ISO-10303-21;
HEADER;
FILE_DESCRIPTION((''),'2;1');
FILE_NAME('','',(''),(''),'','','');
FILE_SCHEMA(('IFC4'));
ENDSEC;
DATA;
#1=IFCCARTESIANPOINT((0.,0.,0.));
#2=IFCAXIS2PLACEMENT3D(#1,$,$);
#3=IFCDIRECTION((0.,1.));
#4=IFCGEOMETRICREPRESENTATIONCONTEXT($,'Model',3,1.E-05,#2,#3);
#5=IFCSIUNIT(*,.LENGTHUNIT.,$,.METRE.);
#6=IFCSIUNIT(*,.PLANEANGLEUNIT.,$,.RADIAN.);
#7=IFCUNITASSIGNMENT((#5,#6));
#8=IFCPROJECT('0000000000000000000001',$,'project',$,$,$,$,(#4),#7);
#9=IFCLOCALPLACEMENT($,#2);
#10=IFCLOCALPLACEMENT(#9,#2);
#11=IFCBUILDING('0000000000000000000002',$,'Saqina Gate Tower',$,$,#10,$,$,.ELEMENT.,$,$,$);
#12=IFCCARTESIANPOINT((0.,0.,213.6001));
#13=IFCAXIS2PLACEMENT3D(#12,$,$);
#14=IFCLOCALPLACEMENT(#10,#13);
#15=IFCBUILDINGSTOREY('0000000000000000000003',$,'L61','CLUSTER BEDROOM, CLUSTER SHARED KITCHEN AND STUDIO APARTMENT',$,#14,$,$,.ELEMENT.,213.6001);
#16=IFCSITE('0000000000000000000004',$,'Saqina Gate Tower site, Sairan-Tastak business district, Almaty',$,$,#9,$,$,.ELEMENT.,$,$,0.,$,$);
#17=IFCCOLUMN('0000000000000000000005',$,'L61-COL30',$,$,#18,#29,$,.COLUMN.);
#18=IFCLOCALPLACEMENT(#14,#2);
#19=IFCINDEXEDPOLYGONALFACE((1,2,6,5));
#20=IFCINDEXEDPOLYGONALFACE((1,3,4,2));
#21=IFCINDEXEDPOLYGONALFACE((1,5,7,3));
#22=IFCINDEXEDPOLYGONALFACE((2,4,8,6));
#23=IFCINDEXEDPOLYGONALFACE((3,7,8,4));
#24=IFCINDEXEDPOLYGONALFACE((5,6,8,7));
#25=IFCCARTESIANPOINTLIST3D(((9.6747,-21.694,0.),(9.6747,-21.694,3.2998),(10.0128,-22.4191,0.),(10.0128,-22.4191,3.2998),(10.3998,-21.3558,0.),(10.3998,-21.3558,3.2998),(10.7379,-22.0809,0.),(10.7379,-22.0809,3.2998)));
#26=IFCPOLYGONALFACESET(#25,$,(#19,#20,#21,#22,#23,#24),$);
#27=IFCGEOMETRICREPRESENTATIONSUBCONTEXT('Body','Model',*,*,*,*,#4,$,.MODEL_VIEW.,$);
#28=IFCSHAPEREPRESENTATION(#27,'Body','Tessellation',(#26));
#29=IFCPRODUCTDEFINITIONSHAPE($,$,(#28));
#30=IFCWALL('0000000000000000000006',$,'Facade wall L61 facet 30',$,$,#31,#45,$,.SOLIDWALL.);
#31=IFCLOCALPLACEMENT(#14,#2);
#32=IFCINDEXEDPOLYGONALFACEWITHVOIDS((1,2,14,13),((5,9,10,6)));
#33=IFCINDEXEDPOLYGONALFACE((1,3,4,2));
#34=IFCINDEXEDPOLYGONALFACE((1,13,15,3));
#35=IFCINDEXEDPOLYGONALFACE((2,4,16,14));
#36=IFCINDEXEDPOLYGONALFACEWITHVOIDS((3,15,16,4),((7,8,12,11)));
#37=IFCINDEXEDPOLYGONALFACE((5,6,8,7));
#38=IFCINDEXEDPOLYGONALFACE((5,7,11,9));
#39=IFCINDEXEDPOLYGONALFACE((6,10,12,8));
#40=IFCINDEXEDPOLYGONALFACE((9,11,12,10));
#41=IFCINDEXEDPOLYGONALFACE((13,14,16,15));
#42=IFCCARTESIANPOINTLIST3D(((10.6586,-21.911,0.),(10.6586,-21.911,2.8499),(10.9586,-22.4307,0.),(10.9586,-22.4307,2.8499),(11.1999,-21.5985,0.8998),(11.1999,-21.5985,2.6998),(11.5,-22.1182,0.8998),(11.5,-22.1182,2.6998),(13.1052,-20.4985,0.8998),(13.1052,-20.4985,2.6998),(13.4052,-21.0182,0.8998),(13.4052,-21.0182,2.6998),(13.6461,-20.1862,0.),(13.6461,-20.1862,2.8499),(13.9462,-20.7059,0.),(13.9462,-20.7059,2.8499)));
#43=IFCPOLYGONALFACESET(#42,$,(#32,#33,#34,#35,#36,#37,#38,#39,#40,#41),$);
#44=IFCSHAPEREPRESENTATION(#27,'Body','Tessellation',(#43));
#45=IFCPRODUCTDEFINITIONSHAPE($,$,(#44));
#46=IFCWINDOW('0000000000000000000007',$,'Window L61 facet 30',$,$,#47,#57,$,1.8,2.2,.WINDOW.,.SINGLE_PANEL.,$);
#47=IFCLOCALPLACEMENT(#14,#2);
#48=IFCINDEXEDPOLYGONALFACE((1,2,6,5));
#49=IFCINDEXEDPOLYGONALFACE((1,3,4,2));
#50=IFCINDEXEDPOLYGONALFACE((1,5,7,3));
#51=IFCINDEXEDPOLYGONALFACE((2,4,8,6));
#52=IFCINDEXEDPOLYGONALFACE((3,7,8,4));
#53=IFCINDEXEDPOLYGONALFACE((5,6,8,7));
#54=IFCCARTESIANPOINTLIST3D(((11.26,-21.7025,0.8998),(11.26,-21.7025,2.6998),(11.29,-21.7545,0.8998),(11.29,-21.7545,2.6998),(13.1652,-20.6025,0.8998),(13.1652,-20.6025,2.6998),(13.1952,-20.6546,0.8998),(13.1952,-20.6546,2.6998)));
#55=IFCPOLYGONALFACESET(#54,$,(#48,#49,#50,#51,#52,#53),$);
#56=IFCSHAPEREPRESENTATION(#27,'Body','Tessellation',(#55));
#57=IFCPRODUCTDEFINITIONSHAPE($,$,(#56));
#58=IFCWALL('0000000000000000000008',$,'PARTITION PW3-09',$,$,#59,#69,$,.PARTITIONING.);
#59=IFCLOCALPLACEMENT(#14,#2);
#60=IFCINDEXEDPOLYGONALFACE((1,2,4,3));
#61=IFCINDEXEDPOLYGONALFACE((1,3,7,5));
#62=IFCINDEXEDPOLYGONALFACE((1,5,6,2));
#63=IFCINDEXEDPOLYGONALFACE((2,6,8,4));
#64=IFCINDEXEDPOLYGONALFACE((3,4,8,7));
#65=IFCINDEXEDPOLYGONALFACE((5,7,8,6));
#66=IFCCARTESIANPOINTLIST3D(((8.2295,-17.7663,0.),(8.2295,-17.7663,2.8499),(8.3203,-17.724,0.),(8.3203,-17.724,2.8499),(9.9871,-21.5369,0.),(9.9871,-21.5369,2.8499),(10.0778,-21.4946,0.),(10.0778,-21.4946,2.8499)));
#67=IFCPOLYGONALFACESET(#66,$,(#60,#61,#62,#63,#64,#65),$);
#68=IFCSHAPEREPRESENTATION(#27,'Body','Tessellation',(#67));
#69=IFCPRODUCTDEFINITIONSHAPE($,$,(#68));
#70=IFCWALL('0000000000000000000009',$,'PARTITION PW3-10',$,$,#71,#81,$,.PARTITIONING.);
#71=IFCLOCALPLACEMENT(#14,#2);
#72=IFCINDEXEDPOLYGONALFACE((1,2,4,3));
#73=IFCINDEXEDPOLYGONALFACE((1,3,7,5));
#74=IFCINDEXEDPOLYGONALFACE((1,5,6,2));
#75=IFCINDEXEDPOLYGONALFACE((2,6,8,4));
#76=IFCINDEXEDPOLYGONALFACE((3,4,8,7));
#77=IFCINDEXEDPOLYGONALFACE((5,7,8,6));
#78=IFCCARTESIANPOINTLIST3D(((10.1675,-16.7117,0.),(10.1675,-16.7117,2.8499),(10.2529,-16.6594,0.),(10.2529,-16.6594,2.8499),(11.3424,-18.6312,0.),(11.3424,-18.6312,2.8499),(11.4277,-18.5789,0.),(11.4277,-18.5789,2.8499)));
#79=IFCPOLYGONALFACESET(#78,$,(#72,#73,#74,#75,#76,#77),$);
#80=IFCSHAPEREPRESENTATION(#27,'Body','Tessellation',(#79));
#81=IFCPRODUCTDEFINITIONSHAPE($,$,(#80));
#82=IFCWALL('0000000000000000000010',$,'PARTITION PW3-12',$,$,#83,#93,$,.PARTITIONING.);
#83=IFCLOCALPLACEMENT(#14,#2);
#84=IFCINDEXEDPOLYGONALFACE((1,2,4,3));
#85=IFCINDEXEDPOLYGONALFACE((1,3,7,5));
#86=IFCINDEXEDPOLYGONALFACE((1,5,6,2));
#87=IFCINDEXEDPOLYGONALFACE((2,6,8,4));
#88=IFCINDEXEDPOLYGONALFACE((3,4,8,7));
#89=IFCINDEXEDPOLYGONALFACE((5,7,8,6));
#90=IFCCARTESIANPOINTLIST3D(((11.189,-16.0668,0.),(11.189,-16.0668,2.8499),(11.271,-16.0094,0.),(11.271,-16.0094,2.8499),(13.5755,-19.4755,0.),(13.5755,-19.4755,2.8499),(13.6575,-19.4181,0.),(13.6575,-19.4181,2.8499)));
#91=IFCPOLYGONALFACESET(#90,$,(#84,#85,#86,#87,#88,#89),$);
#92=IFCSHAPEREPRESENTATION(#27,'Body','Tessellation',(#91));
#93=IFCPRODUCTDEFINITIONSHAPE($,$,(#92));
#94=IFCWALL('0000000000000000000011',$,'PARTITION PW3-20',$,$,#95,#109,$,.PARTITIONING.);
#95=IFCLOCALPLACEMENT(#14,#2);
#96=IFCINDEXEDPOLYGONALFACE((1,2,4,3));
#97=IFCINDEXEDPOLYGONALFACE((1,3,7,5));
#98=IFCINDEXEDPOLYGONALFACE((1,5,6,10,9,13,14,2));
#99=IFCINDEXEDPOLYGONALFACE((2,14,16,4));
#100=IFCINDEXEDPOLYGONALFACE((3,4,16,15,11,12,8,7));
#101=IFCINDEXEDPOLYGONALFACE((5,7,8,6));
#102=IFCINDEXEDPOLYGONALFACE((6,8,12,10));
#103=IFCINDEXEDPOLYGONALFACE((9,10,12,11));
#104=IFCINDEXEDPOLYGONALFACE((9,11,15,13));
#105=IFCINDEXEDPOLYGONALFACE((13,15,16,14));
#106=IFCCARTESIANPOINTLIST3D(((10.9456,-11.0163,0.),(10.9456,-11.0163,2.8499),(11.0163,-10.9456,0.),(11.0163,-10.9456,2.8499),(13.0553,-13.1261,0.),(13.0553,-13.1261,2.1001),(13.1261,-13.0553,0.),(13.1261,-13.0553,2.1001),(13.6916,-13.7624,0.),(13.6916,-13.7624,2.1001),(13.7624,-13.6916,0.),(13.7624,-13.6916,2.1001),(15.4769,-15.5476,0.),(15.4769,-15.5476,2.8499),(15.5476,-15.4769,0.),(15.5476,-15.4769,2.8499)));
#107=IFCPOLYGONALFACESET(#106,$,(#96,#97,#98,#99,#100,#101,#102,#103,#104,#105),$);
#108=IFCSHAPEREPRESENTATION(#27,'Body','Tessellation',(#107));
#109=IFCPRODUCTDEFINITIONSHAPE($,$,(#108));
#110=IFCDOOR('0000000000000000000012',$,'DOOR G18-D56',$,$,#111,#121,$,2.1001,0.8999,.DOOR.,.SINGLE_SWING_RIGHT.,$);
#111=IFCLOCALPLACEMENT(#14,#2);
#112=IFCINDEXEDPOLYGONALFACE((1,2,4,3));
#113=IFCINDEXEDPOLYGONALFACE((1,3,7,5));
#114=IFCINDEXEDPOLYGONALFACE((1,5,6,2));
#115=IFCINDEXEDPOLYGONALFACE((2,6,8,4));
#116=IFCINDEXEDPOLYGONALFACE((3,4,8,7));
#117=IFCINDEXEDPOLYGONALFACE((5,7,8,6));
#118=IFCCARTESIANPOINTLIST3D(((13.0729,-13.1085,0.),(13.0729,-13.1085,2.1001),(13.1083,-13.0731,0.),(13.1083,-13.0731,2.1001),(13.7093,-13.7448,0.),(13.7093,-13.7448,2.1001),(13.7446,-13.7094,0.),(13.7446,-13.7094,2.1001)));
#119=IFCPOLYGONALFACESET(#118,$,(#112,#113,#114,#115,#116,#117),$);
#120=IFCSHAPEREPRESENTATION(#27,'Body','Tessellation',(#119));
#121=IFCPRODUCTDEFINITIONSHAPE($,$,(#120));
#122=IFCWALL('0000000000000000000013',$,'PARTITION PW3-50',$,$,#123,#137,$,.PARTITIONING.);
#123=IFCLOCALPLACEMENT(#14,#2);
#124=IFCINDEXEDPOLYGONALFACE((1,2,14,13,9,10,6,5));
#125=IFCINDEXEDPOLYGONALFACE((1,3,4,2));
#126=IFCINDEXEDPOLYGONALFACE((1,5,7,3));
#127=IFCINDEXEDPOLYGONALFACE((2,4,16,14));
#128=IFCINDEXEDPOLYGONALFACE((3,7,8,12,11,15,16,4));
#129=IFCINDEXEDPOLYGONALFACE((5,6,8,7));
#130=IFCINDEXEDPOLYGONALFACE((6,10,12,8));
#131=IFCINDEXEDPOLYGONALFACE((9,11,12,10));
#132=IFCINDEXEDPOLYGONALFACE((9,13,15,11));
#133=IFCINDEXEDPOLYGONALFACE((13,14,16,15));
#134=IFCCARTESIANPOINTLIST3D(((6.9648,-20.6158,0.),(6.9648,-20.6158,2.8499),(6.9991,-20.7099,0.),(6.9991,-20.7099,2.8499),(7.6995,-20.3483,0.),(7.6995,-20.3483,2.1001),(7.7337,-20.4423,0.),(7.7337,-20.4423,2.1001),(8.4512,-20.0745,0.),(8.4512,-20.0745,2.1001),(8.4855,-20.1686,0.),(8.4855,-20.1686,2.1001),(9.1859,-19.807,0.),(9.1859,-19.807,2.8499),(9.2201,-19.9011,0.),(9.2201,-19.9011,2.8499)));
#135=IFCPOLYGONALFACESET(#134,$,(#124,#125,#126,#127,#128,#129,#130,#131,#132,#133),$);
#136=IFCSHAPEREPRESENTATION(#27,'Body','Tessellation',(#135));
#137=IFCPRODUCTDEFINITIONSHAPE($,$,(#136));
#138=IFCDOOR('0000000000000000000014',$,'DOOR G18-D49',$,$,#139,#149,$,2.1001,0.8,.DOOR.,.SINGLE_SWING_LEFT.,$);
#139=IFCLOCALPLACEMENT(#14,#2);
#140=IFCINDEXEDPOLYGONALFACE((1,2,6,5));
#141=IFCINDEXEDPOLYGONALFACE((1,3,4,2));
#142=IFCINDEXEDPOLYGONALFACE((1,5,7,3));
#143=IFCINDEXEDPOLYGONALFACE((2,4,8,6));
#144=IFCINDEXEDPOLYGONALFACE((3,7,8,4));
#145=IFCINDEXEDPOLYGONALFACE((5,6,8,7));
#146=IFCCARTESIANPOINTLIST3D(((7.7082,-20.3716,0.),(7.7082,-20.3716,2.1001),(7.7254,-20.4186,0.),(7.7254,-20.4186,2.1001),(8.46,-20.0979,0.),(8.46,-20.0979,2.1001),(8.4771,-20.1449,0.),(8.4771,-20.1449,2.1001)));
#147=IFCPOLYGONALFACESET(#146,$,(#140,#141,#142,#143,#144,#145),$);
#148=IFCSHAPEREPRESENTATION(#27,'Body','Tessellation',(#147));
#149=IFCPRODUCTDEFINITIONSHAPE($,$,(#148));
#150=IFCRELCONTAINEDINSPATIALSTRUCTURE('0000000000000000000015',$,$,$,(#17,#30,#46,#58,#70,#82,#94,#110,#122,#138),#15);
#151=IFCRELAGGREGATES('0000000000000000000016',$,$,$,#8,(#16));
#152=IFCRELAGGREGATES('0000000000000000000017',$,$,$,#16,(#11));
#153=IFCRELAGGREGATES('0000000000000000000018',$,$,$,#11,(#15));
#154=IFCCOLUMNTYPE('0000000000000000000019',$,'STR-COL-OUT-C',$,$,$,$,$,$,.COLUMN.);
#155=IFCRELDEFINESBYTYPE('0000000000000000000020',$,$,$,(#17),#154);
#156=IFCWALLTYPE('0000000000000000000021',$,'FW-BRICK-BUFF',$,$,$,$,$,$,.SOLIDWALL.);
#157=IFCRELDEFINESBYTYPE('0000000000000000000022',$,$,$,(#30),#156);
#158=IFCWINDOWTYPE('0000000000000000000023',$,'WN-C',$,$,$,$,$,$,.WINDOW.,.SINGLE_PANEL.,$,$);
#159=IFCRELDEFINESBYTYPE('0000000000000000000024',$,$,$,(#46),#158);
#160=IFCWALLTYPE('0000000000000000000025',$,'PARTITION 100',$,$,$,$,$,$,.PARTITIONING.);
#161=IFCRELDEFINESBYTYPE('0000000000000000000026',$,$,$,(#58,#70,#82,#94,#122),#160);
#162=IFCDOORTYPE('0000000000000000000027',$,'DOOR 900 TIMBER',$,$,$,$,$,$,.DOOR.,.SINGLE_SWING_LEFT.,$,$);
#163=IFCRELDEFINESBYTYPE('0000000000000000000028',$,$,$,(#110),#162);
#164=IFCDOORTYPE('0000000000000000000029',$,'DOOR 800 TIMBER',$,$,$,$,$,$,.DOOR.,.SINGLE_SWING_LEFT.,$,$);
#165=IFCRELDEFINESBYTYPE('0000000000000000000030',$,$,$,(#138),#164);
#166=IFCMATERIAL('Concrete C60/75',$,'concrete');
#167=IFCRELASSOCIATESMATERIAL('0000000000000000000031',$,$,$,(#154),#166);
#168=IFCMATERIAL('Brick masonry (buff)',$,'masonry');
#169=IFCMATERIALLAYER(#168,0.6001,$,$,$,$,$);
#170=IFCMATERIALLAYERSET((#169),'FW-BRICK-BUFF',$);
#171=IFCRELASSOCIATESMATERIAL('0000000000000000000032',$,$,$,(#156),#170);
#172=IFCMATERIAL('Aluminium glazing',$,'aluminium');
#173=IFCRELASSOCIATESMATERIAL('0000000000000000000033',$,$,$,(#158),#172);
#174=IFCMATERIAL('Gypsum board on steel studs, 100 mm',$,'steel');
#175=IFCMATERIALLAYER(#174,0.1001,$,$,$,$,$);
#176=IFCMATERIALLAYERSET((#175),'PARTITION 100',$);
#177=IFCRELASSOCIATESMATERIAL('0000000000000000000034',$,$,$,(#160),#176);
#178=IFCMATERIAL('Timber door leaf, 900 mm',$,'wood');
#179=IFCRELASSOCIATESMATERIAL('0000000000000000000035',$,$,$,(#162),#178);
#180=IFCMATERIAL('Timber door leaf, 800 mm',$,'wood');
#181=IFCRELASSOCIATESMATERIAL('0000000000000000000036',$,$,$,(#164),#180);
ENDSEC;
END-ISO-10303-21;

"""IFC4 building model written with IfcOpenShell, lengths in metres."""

from ifc_helpers import new_model, si_unit, direction, frame, frame_2d, origin, origin_2d, place, context, subcontext, project, spatial, rectangle, extrude, material, layer, layer_set, material_profile, profile_set, type_object, element, fill, save


model = new_model("IFC4")

# Units and contexts
model_context = context("Model", 3, precision=1e-05, world=origin(), true_north=direction((0.0, 1.0)))
body_context = subcontext(model_context, "Body", "Model", "MODEL_VIEW")
ifc_project = project(units=[si_unit("LENGTHUNIT", "METRE"), si_unit("PLANEANGLEUNIT", "RADIAN")], contexts=[model_context])

# Site, building, storey
site_placement = place(None, origin())
site = spatial("IfcSite", under=ifc_project, at=site_placement, Name="Saqina Gate Tower site, Sairan-Tastak business district, Almaty", CompositionType="ELEMENT", RefElevation=0.0)
building_placement = place(site_placement, origin())
building = spatial("IfcBuilding", under=site, at=building_placement, Name="Saqina Gate Tower", CompositionType="ELEMENT")
storey_placement = place(building_placement, frame((0.0, 0.0, 213.6001)))
storey = spatial("IfcBuildingStorey", under=building, at=storey_placement, Name="L61", Description="CLUSTER BEDROOM, CLUSTER SHARED KITCHEN AND STUDIO APARTMENT", CompositionType="ELEMENT", Elevation=213.6001)

# Column
ifc_material_1 = material(Name="Concrete C60/75", Category="concrete")
ifc_material_profile = material_profile(ifc_material_1, rectangle(XDim=0.8, YDim=0.8, at=origin_2d()), Name="RC 800x800")
ifc_profile_set = profile_set([ifc_material_profile], Name="Concrete C60/75")
column_type = type_object("IfcColumnType", Name="STR-COL-OUT-C", PredefinedType="COLUMN", material=ifc_profile_set)
column_placement = place(storey_placement, frame((10.2063, -21.8875, 0.0), z_axis=(0.0, 0.0, 1.0), x_axis=(0.422618, -0.906308, 0.0)))
element("IfcColumn", 1, at=column_placement, inside=storey, type_object=column_type, Name="L61-COL30", PredefinedType="COLUMN", context=body_context, shape_type="SweptSolid", body=[
    extrude(rectangle(XDim=0.8, YDim=0.8, at=origin_2d()), origin(), (0.0, 0.0, 1.0), 3.2998),
])

# Wall, opening, window
ifc_material_2 = material(Name="Brick masonry (buff)", Category="masonry")
ifc_layer_1 = layer(ifc_material_2, 0.6001)
ifc_layer_set_1 = layer_set([ifc_layer_1], Name="FW-BRICK-BUFF")
wall_type_1 = type_object("IfcWallType", Name="FW-BRICK-BUFF", PredefinedType="SOLIDWALL", material=ifc_layer_set_1)
wall_1_placement = place(storey_placement, frame((10.8086, -22.1709, 0.0), z_axis=(0.0, 0.0, 1.0), x_axis=(0.866026, 0.499998, 0.0)))
wall_1 = element("IfcWall", 2, at=wall_1_placement, inside=storey, type_object=wall_type_1, Name="Facade wall L61 facet 30", PredefinedType="SOLIDWALL", context=body_context, shape_type="SweptSolid", body=[
    extrude(rectangle(XDim=3.4497, YDim=0.6001, at=frame_2d((1.7249, 0.0))), origin(), (0.0, 0.0, 1.0), 2.8499),
])
opening_1_placement = place(wall_1_placement, frame((0.625, 0.0, 0.8999)))
opening_1 = element("IfcOpeningElement", 3, at=opening_1_placement, cuts=wall_1, PredefinedType="OPENING", context=body_context, shape_type="SweptSolid", body=[
    extrude(rectangle(XDim=2.2, YDim=1.8, at=frame_2d((1.1001, 0.8999))), frame((0.0, 0.312, 0.0), z_axis=(0.0, -1.0, 0.0), x_axis=(1.0, 0.0, 0.0)), (0.0, 0.0, 1.0), 0.624),
])
ifc_material_3 = material(Name="Aluminium glazing", Category="aluminium")
window_type = type_object("IfcWindowType", Name="WN-C", PartitioningType="SINGLE_PANEL", PredefinedType="WINDOW", material=ifc_material_3)
window_placement = place(opening_1_placement, origin())
window = element("IfcWindow", 4, at=window_placement, inside=storey, type_object=window_type, Name="Window L61 facet 30", OverallHeight=1.8, OverallWidth=2.2, PartitioningType="SINGLE_PANEL", PredefinedType="WINDOW", context=body_context, shape_type="SweptSolid", body=[
    extrude(rectangle(XDim=2.2, YDim=1.8, at=frame_2d((1.1001, 0.8999))), frame((0.0, 0.1799, 0.0), z_axis=(0.0, -1.0, 0.0), x_axis=(1.0, 0.0, 0.0)), (0.0, 0.0, 1.0), 0.0601),
])
fill(opening_1, window)

# Walls
ifc_material_4 = material(Name="Gypsum board on steel studs, 100 mm", Category="steel")
ifc_layer_2 = layer(ifc_material_4, 0.1001)
ifc_layer_set_2 = layer_set([ifc_layer_2], Name="PARTITION 100")
wall_type_2 = type_object("IfcWallType", Name="PARTITION 100", PredefinedType="PARTITIONING", material=ifc_layer_set_2)
wall_2_placement = place(storey_placement, frame((8.2749, -17.7451, 0.0), z_axis=(0.0, 0.0, 1.0), x_axis=(0.422468, -0.906378, 0.0)))
element("IfcWall", 5, at=wall_2_placement, inside=storey, type_object=wall_type_2, Name="PARTITION PW3-09", PredefinedType="PARTITIONING", context=body_context, shape_type="SweptSolid", body=[
    extrude(rectangle(XDim=4.1602, YDim=0.1001, at=frame_2d((2.0801, 0.0))), origin(), (0.0, 0.0, 1.0), 2.8499),
])
wall_3_placement = place(storey_placement, frame((10.2102, -16.6855, 0.0), z_axis=(0.0, 0.0, 1.0), x_axis=(0.522038, -0.852922, 0.0)))
element("IfcWall", 6, at=wall_3_placement, inside=storey, type_object=wall_type_2, Name="PARTITION PW3-10", PredefinedType="PARTITIONING", context=body_context, shape_type="SweptSolid", body=[
    extrude(rectangle(XDim=2.2505, YDim=0.1001, at=frame_2d((1.1252, 0.0))), origin(), (0.0, 0.0, 1.0), 2.8499),
])
wall_4_placement = place(storey_placement, frame((11.23, -16.0381, 0.0), z_axis=(0.0, 0.0, 1.0), x_axis=(0.573525, -0.819188, 0.0)))
element("IfcWall", 7, at=wall_4_placement, inside=storey, type_object=wall_type_2, Name="PARTITION PW3-12", PredefinedType="PARTITIONING", context=body_context, shape_type="SweptSolid", body=[
    extrude(rectangle(XDim=4.1611, YDim=0.1001, at=frame_2d((2.0806, 0.0))), origin(), (0.0, 0.0, 1.0), 2.8499),
])

# Walls, openings, doors
wall_5_placement = place(storey_placement, frame((10.981, -10.981, 0.0), z_axis=(0.0, 0.0, 1.0), x_axis=(0.707107, -0.707107, 0.0)))
wall_5 = element("IfcWall", 8, at=wall_5_placement, inside=storey, type_object=wall_type_2, Name="PARTITION PW3-20", PredefinedType="PARTITIONING", context=body_context, shape_type="SweptSolid", body=[
    extrude(rectangle(XDim=6.4082, YDim=0.1001, at=frame_2d((3.2041, 0.0))), origin(), (0.0, 0.0, 1.0), 2.8499),
])
opening_2_placement = place(wall_5_placement, frame((2.9836, 0.0, 0.0)))
opening_2 = element("IfcOpeningElement", 9, at=opening_2_placement, cuts=wall_5, PredefinedType="OPENING", context=body_context, shape_type="SweptSolid", body=[
    extrude(rectangle(XDim=0.8999, YDim=2.1001, at=frame_2d((0.45, 1.05))), frame((0.0, 0.062, 0.0), z_axis=(0.0, -1.0, 0.0), x_axis=(1.0, 0.0, 0.0)), (0.0, 0.0, 1.0), 0.124),
])
ifc_material_5 = material(Name="Timber door leaf, 900 mm", Category="wood")
door_type_1 = type_object("IfcDoorType", Name="DOOR 900 TIMBER", OperationType="SINGLE_SWING_LEFT", PredefinedType="DOOR", material=ifc_material_5)
door_1_placement = place(opening_2_placement, origin())
door_1 = element("IfcDoor", 10, at=door_1_placement, inside=storey, type_object=door_type_1, Name="DOOR G18-D56", OperationType="SINGLE_SWING_RIGHT", OverallHeight=2.1001, OverallWidth=0.8999, PredefinedType="DOOR", context=body_context, shape_type="SweptSolid", body=[
    extrude(rectangle(XDim=0.8999, YDim=2.1001, at=frame_2d((0.45, 1.05))), frame((0.0, 0.0249, 0.0), z_axis=(0.0, -1.0, 0.0), x_axis=(1.0, 0.0, 0.0)), (0.0, 0.0, 1.0), 0.05),
])
fill(opening_2, door_1)
wall_6_placement = place(storey_placement, frame((6.9819, -20.6628, 0.0), z_axis=(0.0, 0.0, 1.0), x_axis=(0.93964, 0.342166, 0.0)))
wall_6 = element("IfcWall", 11, at=wall_6_placement, inside=storey, type_object=wall_type_2, Name="PARTITION PW3-50", PredefinedType="PARTITIONING", context=body_context, shape_type="SweptSolid", body=[
    extrude(rectangle(XDim=2.3638, YDim=0.1001, at=frame_2d((1.1819, 0.0))), origin(), (0.0, 0.0, 1.0), 2.8499),
])
opening_3_placement = place(wall_6_placement, frame((0.782, 0.0, 0.0)))
opening_3 = element("IfcOpeningElement", 12, at=opening_3_placement, cuts=wall_6, PredefinedType="OPENING", context=body_context, shape_type="SweptSolid", body=[
    extrude(rectangle(XDim=0.8, YDim=2.1001, at=frame_2d((0.3999, 1.05))), frame((0.0, 0.062, 0.0), z_axis=(0.0, -1.0, 0.0), x_axis=(1.0, 0.0, 0.0)), (0.0, 0.0, 1.0), 0.124),
])
ifc_material_6 = material(Name="Timber door leaf, 800 mm", Category="wood")
door_type_2 = type_object("IfcDoorType", Name="DOOR 800 TIMBER", OperationType="SINGLE_SWING_LEFT", PredefinedType="DOOR", material=ifc_material_6)
door_2_placement = place(opening_3_placement, frame((0.8, 0.0, 0.0), z_axis=(0.0, 0.0, 1.0), x_axis=(-1.0, 0.0, 0.0)))
door_2 = element("IfcDoor", 13, at=door_2_placement, inside=storey, type_object=door_type_2, Name="DOOR G18-D49", OperationType="SINGLE_SWING_LEFT", OverallHeight=2.1001, OverallWidth=0.8, PredefinedType="DOOR", context=body_context, shape_type="SweptSolid", body=[
    extrude(rectangle(XDim=0.8, YDim=2.1001, at=frame_2d((0.3999, 1.05))), frame((0.0, 0.0249, 0.0), z_axis=(0.0, -1.0, 0.0), x_axis=(1.0, 0.0, 0.0)), (0.0, 0.0, 1.0), 0.05),
])
fill(opening_3, door_2)

save(model, "model.ifc")
